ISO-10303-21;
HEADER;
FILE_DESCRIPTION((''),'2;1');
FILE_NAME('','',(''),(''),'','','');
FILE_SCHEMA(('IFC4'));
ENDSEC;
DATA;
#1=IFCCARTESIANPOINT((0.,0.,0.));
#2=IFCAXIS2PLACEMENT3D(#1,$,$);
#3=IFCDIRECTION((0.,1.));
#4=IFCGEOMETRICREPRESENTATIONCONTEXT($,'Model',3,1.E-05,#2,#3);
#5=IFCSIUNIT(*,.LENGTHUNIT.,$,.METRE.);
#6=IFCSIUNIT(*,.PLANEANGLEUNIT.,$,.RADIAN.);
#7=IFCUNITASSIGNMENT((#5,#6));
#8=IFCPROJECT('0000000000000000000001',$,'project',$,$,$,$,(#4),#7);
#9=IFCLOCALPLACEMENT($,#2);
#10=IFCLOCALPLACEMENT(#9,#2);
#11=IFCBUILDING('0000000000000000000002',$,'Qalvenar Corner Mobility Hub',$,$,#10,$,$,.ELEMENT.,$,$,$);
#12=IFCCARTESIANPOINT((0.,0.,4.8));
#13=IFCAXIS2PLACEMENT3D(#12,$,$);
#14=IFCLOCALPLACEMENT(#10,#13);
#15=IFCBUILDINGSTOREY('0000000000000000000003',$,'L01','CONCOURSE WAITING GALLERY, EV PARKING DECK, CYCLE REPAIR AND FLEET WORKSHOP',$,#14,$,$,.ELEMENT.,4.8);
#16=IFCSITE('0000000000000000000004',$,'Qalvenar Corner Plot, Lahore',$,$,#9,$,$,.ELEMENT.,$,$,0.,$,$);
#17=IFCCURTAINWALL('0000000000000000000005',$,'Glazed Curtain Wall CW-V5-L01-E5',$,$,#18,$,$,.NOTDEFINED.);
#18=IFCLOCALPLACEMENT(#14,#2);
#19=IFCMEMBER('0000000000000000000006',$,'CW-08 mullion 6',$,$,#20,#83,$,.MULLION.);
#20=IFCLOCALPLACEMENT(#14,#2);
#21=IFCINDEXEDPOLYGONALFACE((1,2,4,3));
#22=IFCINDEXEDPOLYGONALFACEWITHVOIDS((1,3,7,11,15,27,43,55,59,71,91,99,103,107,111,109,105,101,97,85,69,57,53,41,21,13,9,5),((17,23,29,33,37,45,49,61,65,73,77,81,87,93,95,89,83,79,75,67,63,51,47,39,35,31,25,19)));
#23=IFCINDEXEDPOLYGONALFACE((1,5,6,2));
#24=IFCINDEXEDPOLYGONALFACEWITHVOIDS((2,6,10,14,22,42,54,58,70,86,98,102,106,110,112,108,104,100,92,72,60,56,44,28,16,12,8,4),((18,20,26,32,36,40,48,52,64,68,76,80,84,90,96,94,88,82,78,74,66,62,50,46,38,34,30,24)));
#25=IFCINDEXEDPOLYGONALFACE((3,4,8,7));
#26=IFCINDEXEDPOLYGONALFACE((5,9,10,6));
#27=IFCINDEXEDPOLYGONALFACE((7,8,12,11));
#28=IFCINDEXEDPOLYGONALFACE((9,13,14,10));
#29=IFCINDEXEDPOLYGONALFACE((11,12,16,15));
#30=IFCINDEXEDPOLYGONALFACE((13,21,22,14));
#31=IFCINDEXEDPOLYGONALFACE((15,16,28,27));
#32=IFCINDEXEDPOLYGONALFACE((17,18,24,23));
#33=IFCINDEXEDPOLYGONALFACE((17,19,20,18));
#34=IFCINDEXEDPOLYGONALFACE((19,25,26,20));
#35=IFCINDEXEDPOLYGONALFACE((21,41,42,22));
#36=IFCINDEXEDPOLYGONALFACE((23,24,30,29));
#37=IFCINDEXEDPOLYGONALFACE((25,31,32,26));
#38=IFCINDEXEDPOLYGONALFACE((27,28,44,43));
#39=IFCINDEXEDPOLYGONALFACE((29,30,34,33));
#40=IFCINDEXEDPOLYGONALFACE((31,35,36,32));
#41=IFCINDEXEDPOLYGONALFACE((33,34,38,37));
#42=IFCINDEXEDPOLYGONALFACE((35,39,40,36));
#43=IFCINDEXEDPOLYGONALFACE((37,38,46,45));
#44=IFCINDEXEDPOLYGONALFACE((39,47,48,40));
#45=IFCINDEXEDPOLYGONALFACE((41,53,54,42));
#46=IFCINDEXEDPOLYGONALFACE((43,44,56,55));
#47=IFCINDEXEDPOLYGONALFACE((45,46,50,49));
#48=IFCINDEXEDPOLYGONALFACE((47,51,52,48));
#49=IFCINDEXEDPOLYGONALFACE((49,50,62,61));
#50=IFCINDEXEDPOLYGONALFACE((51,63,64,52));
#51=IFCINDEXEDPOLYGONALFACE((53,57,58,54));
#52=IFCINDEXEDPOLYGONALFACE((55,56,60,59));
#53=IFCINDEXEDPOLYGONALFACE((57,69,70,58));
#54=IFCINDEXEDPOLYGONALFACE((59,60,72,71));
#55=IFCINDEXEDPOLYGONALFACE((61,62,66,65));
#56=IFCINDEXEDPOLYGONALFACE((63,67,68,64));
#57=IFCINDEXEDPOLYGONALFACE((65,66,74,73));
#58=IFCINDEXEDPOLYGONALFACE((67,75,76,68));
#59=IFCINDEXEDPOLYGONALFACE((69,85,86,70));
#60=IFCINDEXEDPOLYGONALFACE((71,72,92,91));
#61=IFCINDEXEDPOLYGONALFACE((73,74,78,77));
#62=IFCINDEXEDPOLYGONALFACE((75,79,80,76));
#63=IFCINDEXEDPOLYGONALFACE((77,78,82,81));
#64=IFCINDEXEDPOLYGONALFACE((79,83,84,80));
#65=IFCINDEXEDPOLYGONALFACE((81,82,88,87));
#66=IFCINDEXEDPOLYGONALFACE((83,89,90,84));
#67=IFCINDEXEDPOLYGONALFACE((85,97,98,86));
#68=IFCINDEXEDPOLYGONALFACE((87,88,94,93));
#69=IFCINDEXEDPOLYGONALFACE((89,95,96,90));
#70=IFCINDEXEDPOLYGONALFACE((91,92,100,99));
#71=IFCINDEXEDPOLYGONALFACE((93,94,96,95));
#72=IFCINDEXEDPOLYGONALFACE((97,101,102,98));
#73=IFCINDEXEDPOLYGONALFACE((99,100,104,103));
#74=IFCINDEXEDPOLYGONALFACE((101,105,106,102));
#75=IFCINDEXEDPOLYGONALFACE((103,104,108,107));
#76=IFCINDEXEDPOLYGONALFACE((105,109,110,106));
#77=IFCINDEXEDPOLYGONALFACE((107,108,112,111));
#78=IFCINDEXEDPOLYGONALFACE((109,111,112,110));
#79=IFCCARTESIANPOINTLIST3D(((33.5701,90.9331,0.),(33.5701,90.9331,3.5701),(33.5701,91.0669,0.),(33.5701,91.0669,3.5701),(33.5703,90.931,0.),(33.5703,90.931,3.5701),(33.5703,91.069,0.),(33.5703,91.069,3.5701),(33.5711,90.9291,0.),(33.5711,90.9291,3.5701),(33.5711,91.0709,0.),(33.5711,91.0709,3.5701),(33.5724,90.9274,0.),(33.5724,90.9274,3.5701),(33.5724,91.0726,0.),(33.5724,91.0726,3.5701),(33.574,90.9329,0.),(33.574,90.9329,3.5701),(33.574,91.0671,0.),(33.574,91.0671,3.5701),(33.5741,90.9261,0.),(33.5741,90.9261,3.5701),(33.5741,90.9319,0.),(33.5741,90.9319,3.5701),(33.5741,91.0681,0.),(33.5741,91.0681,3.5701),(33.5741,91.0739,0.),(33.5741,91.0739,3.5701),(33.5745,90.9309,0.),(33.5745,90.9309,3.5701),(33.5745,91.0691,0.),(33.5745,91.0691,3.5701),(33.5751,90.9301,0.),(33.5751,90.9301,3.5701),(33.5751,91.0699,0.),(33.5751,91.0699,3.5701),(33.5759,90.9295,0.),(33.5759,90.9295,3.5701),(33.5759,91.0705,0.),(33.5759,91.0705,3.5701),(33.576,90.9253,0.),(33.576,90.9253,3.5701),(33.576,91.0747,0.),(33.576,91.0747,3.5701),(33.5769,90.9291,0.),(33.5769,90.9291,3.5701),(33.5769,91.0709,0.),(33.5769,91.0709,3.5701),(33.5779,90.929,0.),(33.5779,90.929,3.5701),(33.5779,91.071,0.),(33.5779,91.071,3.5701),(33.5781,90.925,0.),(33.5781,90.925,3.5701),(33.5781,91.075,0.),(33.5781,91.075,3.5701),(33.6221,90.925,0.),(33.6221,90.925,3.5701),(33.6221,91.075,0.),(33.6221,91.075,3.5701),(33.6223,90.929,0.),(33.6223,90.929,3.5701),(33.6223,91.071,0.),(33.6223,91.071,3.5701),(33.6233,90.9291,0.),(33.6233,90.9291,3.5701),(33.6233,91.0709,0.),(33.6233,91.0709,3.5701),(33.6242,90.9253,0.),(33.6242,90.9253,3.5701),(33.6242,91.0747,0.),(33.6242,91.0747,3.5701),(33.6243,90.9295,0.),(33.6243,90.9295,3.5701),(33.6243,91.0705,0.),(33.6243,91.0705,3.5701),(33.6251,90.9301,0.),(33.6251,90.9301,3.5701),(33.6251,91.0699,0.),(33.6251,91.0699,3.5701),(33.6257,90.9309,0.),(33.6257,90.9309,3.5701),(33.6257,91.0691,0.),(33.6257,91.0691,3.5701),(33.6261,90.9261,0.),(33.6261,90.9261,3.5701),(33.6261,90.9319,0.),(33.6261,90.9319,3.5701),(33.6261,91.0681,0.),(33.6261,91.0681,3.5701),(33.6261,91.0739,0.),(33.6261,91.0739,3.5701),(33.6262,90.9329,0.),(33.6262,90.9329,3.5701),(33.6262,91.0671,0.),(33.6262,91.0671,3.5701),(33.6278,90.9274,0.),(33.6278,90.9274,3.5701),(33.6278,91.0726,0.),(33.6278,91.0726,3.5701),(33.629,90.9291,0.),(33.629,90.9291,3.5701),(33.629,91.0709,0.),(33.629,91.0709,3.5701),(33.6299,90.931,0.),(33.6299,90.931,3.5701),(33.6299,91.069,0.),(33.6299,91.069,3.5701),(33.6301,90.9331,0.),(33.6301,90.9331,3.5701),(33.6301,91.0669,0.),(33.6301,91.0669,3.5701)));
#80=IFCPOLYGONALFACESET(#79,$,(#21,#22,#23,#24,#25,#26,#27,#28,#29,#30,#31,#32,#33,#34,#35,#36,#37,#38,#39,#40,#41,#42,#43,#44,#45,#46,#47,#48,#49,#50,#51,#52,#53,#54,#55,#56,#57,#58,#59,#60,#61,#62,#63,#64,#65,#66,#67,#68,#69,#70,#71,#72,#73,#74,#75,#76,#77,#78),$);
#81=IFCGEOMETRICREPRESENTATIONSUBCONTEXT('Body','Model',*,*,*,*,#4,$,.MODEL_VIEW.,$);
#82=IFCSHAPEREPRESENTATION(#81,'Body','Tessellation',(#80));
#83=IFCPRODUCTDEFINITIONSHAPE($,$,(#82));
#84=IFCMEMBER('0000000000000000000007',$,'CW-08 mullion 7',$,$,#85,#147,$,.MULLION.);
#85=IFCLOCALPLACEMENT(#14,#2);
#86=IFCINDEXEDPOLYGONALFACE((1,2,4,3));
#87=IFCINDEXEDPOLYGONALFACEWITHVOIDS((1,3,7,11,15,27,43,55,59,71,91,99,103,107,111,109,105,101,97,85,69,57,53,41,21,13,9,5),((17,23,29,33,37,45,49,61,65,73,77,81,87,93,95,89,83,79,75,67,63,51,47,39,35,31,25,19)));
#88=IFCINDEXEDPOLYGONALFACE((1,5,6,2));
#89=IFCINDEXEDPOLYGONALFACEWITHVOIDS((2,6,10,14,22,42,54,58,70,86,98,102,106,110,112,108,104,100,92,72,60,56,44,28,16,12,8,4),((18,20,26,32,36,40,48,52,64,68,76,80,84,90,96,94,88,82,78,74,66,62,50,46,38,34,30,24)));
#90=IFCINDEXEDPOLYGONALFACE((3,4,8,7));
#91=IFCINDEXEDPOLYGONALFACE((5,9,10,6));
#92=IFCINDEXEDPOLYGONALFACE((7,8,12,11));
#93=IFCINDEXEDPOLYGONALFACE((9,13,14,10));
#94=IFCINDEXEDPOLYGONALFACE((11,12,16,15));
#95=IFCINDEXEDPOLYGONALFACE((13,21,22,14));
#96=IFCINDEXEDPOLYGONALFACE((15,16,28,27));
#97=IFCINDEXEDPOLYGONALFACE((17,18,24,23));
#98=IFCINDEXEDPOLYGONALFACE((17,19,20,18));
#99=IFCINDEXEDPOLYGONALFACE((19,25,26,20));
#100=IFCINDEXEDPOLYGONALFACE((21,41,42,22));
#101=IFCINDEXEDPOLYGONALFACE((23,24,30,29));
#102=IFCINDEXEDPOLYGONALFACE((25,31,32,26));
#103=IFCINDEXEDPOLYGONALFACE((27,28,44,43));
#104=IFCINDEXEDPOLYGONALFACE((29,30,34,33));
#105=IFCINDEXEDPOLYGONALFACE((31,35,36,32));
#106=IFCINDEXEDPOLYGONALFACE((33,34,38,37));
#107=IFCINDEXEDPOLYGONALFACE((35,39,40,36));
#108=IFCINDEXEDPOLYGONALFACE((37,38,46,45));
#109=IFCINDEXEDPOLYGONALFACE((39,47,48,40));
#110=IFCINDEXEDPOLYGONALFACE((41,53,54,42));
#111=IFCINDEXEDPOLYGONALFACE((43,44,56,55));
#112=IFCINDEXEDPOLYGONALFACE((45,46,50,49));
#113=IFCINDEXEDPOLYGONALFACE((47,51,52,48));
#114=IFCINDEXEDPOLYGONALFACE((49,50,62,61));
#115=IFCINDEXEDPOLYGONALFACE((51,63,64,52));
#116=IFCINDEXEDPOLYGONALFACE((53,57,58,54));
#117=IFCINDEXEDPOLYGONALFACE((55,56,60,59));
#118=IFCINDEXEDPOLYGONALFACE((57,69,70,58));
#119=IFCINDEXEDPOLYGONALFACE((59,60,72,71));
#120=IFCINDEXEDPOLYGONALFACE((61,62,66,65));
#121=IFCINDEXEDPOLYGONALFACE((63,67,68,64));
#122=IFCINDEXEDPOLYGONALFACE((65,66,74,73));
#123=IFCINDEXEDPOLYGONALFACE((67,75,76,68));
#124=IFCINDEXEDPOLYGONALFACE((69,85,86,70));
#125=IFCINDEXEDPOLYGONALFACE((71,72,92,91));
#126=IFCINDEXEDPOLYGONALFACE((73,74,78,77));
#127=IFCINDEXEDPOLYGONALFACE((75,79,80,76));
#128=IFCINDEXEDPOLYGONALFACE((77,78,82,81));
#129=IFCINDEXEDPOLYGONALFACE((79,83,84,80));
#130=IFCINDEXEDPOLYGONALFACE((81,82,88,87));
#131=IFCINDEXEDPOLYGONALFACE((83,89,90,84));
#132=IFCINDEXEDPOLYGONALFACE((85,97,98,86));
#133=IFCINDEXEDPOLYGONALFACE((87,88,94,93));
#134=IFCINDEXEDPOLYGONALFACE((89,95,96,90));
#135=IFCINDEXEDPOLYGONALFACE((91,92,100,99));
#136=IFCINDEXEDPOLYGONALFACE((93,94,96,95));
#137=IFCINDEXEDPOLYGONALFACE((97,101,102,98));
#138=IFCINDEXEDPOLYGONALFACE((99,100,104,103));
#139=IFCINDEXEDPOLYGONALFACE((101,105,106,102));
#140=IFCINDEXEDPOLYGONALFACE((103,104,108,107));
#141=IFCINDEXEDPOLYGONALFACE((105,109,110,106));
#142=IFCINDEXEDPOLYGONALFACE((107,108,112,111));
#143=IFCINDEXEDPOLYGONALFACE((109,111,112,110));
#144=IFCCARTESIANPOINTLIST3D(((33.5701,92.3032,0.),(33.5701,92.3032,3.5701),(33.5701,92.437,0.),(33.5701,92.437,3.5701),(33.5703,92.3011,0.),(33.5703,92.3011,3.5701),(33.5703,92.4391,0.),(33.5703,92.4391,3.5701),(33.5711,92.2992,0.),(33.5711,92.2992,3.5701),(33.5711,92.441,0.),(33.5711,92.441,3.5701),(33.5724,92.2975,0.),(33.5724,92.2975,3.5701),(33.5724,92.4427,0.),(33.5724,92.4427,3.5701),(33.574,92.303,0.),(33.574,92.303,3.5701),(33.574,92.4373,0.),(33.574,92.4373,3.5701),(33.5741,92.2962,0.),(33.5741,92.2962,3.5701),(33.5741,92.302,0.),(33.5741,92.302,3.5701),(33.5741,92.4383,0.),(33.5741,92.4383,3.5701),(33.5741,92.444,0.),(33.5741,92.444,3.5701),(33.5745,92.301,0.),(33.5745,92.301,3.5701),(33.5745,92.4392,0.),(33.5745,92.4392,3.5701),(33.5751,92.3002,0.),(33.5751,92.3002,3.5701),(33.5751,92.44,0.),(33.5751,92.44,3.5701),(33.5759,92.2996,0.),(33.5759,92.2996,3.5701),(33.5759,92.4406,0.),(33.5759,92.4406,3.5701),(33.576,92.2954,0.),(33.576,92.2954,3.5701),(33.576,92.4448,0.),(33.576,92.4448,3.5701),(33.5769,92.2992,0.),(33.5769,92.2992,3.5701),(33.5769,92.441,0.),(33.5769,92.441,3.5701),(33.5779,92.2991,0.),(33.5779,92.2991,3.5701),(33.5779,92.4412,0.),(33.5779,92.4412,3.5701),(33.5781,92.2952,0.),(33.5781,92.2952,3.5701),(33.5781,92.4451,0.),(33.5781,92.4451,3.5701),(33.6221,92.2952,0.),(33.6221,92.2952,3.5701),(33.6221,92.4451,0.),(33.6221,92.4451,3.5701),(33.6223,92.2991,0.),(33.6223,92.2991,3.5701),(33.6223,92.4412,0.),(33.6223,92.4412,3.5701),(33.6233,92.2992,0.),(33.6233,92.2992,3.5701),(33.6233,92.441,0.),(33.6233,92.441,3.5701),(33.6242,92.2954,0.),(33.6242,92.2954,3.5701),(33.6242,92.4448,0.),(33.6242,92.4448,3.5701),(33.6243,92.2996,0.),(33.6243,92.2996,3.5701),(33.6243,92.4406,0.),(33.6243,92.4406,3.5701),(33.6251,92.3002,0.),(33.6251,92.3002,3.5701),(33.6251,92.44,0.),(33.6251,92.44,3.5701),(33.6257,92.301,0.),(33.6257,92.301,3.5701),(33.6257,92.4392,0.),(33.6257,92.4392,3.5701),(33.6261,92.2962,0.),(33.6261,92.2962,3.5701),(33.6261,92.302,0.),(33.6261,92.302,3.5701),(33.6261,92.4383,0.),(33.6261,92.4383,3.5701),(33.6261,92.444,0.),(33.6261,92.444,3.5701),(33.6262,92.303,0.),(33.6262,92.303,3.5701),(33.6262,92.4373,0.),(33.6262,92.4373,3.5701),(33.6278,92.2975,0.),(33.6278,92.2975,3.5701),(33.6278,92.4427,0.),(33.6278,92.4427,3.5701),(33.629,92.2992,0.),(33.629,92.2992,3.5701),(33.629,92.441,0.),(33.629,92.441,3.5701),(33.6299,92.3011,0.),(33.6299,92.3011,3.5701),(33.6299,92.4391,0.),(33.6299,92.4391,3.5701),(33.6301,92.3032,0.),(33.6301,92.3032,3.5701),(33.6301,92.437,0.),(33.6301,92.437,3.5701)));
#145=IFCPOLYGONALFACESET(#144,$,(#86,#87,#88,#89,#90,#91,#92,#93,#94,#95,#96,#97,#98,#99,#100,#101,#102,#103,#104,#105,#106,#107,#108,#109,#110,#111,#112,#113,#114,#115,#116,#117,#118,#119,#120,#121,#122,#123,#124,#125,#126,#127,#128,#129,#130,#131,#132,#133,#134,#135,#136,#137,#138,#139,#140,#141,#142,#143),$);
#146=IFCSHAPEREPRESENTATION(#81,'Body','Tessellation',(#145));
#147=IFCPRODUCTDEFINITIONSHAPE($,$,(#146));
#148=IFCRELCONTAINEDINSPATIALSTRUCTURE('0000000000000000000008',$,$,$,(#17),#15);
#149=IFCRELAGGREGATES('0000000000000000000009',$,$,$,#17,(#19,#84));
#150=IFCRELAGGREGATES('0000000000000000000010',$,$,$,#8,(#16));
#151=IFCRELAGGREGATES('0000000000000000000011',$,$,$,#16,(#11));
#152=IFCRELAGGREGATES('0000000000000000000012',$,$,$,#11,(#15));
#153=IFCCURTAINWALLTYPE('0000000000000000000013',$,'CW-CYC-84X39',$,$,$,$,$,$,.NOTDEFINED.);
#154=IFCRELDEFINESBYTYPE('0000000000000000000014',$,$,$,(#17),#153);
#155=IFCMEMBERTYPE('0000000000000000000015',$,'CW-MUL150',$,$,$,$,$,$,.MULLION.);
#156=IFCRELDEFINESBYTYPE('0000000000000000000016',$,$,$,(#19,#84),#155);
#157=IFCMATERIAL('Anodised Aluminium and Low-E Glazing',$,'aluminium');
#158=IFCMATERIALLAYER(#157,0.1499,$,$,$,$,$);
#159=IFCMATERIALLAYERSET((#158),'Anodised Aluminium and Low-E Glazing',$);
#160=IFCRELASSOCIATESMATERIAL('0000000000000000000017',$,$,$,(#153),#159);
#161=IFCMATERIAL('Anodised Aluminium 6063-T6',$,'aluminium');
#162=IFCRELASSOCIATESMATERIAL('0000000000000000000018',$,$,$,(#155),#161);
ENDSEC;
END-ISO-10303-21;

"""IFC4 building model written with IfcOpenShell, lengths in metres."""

from ifc_helpers import new_model, si_unit, direction, frame, origin, origin_2d, place, context, subcontext, project, spatial, hollow_rectangle, extrude, material, layer, layer_set, material_profile, profile_set, type_object, element, aggregate, save


model = new_model("IFC4")

# Units and contexts
model_context = context("Model", 3, precision=1e-05, world=origin(), true_north=direction((0.0, 1.0)))
body_context = subcontext(model_context, "Body", "Model", "MODEL_VIEW")
ifc_project = project(units=[si_unit("LENGTHUNIT", "METRE"), si_unit("PLANEANGLEUNIT", "RADIAN")], contexts=[model_context])

# Site, building, storey
site_placement = place(None, origin())
site = spatial("IfcSite", under=ifc_project, at=site_placement, Name="Qalvenar Corner Plot, Lahore", CompositionType="ELEMENT", RefElevation=0.0)
building_placement = place(site_placement, origin())
building = spatial("IfcBuilding", under=site, at=building_placement, Name="Qalvenar Corner Mobility Hub", CompositionType="ELEMENT")
storey_placement = place(building_placement, frame((0.0, 0.0, 4.8)))
storey = spatial("IfcBuildingStorey", under=building, at=storey_placement, Name="L01", Description="CONCOURSE WAITING GALLERY, EV PARKING DECK, CYCLE REPAIR AND FLEET WORKSHOP", CompositionType="ELEMENT", Elevation=4.8)

# Curtain wall, members
ifc_material_1 = material(Name="Anodised Aluminium and Low-E Glazing", Category="aluminium")
ifc_layer_1 = layer(ifc_material_1, 0.1499)
ifc_layer_set_1 = layer_set([ifc_layer_1], Name="Anodised Aluminium and Low-E Glazing")
curtain_wall_type = type_object("IfcCurtainWallType", Name="CW-CYC-84X39", PredefinedType="NOTDEFINED", material=ifc_layer_set_1)
curtain_wall_1_placement = place(storey_placement, origin())
curtain_wall_1 = element("IfcCurtainWall", 1, at=curtain_wall_1_placement, inside=storey, type_object=curtain_wall_type, Name="Glazed Curtain Wall CW-V5-L01-E5", PredefinedType="NOTDEFINED")
ifc_material_2 = material(Name="Anodised Aluminium 6063-T6", Category="aluminium")
ifc_material_profile_1 = material_profile(ifc_material_2, hollow_rectangle(XDim=0.0601, YDim=0.1499, WallThickness=0.0039, InnerFilletRadius=0.0039, OuterFilletRadius=0.0081, at=origin_2d()), Name="RHS150x60x4")
ifc_profile_set_1 = profile_set([ifc_material_profile_1], Name="Anodised Aluminium 6063-T6")
member_type_1 = type_object("IfcMemberType", Name="CW-MUL150", PredefinedType="MULLION", material=ifc_profile_set_1)
member_1_placement = place(storey_placement, frame((33.6001, 91.0, 0.0), z_axis=(0.0, 0.0, 1.0), x_axis=(-1.0, 0.0, 0.0)))
member_1 = element("IfcMember", 2, at=member_1_placement, type_object=member_type_1, Name="CW-08 mullion 6", PredefinedType="MULLION", context=body_context, shape_type="SweptSolid", body=[
    extrude(hollow_rectangle(XDim=0.0601, YDim=0.1499, WallThickness=0.0039, InnerFilletRadius=0.0039, OuterFilletRadius=0.0081, at=origin_2d()), origin(), (0.0, 0.0, 1.0), 3.5701),
])
member_2_placement = place(storey_placement, frame((33.6001, 92.3701, 0.0), z_axis=(0.0, 0.0, 1.0), x_axis=(-1.0, 0.0, 0.0)))
member_2 = element("IfcMember", 3, at=member_2_placement, type_object=member_type_1, Name="CW-08 mullion 7", PredefinedType="MULLION", context=body_context, shape_type="SweptSolid", body=[
    extrude(hollow_rectangle(XDim=0.0601, YDim=0.1499, WallThickness=0.0039, InnerFilletRadius=0.0039, OuterFilletRadius=0.0081, at=origin_2d()), origin(), (0.0, 0.0, 1.0), 3.5701),
])

aggregate(curtain_wall_1, [member_1, member_2])

save(model, "model.ifc")
